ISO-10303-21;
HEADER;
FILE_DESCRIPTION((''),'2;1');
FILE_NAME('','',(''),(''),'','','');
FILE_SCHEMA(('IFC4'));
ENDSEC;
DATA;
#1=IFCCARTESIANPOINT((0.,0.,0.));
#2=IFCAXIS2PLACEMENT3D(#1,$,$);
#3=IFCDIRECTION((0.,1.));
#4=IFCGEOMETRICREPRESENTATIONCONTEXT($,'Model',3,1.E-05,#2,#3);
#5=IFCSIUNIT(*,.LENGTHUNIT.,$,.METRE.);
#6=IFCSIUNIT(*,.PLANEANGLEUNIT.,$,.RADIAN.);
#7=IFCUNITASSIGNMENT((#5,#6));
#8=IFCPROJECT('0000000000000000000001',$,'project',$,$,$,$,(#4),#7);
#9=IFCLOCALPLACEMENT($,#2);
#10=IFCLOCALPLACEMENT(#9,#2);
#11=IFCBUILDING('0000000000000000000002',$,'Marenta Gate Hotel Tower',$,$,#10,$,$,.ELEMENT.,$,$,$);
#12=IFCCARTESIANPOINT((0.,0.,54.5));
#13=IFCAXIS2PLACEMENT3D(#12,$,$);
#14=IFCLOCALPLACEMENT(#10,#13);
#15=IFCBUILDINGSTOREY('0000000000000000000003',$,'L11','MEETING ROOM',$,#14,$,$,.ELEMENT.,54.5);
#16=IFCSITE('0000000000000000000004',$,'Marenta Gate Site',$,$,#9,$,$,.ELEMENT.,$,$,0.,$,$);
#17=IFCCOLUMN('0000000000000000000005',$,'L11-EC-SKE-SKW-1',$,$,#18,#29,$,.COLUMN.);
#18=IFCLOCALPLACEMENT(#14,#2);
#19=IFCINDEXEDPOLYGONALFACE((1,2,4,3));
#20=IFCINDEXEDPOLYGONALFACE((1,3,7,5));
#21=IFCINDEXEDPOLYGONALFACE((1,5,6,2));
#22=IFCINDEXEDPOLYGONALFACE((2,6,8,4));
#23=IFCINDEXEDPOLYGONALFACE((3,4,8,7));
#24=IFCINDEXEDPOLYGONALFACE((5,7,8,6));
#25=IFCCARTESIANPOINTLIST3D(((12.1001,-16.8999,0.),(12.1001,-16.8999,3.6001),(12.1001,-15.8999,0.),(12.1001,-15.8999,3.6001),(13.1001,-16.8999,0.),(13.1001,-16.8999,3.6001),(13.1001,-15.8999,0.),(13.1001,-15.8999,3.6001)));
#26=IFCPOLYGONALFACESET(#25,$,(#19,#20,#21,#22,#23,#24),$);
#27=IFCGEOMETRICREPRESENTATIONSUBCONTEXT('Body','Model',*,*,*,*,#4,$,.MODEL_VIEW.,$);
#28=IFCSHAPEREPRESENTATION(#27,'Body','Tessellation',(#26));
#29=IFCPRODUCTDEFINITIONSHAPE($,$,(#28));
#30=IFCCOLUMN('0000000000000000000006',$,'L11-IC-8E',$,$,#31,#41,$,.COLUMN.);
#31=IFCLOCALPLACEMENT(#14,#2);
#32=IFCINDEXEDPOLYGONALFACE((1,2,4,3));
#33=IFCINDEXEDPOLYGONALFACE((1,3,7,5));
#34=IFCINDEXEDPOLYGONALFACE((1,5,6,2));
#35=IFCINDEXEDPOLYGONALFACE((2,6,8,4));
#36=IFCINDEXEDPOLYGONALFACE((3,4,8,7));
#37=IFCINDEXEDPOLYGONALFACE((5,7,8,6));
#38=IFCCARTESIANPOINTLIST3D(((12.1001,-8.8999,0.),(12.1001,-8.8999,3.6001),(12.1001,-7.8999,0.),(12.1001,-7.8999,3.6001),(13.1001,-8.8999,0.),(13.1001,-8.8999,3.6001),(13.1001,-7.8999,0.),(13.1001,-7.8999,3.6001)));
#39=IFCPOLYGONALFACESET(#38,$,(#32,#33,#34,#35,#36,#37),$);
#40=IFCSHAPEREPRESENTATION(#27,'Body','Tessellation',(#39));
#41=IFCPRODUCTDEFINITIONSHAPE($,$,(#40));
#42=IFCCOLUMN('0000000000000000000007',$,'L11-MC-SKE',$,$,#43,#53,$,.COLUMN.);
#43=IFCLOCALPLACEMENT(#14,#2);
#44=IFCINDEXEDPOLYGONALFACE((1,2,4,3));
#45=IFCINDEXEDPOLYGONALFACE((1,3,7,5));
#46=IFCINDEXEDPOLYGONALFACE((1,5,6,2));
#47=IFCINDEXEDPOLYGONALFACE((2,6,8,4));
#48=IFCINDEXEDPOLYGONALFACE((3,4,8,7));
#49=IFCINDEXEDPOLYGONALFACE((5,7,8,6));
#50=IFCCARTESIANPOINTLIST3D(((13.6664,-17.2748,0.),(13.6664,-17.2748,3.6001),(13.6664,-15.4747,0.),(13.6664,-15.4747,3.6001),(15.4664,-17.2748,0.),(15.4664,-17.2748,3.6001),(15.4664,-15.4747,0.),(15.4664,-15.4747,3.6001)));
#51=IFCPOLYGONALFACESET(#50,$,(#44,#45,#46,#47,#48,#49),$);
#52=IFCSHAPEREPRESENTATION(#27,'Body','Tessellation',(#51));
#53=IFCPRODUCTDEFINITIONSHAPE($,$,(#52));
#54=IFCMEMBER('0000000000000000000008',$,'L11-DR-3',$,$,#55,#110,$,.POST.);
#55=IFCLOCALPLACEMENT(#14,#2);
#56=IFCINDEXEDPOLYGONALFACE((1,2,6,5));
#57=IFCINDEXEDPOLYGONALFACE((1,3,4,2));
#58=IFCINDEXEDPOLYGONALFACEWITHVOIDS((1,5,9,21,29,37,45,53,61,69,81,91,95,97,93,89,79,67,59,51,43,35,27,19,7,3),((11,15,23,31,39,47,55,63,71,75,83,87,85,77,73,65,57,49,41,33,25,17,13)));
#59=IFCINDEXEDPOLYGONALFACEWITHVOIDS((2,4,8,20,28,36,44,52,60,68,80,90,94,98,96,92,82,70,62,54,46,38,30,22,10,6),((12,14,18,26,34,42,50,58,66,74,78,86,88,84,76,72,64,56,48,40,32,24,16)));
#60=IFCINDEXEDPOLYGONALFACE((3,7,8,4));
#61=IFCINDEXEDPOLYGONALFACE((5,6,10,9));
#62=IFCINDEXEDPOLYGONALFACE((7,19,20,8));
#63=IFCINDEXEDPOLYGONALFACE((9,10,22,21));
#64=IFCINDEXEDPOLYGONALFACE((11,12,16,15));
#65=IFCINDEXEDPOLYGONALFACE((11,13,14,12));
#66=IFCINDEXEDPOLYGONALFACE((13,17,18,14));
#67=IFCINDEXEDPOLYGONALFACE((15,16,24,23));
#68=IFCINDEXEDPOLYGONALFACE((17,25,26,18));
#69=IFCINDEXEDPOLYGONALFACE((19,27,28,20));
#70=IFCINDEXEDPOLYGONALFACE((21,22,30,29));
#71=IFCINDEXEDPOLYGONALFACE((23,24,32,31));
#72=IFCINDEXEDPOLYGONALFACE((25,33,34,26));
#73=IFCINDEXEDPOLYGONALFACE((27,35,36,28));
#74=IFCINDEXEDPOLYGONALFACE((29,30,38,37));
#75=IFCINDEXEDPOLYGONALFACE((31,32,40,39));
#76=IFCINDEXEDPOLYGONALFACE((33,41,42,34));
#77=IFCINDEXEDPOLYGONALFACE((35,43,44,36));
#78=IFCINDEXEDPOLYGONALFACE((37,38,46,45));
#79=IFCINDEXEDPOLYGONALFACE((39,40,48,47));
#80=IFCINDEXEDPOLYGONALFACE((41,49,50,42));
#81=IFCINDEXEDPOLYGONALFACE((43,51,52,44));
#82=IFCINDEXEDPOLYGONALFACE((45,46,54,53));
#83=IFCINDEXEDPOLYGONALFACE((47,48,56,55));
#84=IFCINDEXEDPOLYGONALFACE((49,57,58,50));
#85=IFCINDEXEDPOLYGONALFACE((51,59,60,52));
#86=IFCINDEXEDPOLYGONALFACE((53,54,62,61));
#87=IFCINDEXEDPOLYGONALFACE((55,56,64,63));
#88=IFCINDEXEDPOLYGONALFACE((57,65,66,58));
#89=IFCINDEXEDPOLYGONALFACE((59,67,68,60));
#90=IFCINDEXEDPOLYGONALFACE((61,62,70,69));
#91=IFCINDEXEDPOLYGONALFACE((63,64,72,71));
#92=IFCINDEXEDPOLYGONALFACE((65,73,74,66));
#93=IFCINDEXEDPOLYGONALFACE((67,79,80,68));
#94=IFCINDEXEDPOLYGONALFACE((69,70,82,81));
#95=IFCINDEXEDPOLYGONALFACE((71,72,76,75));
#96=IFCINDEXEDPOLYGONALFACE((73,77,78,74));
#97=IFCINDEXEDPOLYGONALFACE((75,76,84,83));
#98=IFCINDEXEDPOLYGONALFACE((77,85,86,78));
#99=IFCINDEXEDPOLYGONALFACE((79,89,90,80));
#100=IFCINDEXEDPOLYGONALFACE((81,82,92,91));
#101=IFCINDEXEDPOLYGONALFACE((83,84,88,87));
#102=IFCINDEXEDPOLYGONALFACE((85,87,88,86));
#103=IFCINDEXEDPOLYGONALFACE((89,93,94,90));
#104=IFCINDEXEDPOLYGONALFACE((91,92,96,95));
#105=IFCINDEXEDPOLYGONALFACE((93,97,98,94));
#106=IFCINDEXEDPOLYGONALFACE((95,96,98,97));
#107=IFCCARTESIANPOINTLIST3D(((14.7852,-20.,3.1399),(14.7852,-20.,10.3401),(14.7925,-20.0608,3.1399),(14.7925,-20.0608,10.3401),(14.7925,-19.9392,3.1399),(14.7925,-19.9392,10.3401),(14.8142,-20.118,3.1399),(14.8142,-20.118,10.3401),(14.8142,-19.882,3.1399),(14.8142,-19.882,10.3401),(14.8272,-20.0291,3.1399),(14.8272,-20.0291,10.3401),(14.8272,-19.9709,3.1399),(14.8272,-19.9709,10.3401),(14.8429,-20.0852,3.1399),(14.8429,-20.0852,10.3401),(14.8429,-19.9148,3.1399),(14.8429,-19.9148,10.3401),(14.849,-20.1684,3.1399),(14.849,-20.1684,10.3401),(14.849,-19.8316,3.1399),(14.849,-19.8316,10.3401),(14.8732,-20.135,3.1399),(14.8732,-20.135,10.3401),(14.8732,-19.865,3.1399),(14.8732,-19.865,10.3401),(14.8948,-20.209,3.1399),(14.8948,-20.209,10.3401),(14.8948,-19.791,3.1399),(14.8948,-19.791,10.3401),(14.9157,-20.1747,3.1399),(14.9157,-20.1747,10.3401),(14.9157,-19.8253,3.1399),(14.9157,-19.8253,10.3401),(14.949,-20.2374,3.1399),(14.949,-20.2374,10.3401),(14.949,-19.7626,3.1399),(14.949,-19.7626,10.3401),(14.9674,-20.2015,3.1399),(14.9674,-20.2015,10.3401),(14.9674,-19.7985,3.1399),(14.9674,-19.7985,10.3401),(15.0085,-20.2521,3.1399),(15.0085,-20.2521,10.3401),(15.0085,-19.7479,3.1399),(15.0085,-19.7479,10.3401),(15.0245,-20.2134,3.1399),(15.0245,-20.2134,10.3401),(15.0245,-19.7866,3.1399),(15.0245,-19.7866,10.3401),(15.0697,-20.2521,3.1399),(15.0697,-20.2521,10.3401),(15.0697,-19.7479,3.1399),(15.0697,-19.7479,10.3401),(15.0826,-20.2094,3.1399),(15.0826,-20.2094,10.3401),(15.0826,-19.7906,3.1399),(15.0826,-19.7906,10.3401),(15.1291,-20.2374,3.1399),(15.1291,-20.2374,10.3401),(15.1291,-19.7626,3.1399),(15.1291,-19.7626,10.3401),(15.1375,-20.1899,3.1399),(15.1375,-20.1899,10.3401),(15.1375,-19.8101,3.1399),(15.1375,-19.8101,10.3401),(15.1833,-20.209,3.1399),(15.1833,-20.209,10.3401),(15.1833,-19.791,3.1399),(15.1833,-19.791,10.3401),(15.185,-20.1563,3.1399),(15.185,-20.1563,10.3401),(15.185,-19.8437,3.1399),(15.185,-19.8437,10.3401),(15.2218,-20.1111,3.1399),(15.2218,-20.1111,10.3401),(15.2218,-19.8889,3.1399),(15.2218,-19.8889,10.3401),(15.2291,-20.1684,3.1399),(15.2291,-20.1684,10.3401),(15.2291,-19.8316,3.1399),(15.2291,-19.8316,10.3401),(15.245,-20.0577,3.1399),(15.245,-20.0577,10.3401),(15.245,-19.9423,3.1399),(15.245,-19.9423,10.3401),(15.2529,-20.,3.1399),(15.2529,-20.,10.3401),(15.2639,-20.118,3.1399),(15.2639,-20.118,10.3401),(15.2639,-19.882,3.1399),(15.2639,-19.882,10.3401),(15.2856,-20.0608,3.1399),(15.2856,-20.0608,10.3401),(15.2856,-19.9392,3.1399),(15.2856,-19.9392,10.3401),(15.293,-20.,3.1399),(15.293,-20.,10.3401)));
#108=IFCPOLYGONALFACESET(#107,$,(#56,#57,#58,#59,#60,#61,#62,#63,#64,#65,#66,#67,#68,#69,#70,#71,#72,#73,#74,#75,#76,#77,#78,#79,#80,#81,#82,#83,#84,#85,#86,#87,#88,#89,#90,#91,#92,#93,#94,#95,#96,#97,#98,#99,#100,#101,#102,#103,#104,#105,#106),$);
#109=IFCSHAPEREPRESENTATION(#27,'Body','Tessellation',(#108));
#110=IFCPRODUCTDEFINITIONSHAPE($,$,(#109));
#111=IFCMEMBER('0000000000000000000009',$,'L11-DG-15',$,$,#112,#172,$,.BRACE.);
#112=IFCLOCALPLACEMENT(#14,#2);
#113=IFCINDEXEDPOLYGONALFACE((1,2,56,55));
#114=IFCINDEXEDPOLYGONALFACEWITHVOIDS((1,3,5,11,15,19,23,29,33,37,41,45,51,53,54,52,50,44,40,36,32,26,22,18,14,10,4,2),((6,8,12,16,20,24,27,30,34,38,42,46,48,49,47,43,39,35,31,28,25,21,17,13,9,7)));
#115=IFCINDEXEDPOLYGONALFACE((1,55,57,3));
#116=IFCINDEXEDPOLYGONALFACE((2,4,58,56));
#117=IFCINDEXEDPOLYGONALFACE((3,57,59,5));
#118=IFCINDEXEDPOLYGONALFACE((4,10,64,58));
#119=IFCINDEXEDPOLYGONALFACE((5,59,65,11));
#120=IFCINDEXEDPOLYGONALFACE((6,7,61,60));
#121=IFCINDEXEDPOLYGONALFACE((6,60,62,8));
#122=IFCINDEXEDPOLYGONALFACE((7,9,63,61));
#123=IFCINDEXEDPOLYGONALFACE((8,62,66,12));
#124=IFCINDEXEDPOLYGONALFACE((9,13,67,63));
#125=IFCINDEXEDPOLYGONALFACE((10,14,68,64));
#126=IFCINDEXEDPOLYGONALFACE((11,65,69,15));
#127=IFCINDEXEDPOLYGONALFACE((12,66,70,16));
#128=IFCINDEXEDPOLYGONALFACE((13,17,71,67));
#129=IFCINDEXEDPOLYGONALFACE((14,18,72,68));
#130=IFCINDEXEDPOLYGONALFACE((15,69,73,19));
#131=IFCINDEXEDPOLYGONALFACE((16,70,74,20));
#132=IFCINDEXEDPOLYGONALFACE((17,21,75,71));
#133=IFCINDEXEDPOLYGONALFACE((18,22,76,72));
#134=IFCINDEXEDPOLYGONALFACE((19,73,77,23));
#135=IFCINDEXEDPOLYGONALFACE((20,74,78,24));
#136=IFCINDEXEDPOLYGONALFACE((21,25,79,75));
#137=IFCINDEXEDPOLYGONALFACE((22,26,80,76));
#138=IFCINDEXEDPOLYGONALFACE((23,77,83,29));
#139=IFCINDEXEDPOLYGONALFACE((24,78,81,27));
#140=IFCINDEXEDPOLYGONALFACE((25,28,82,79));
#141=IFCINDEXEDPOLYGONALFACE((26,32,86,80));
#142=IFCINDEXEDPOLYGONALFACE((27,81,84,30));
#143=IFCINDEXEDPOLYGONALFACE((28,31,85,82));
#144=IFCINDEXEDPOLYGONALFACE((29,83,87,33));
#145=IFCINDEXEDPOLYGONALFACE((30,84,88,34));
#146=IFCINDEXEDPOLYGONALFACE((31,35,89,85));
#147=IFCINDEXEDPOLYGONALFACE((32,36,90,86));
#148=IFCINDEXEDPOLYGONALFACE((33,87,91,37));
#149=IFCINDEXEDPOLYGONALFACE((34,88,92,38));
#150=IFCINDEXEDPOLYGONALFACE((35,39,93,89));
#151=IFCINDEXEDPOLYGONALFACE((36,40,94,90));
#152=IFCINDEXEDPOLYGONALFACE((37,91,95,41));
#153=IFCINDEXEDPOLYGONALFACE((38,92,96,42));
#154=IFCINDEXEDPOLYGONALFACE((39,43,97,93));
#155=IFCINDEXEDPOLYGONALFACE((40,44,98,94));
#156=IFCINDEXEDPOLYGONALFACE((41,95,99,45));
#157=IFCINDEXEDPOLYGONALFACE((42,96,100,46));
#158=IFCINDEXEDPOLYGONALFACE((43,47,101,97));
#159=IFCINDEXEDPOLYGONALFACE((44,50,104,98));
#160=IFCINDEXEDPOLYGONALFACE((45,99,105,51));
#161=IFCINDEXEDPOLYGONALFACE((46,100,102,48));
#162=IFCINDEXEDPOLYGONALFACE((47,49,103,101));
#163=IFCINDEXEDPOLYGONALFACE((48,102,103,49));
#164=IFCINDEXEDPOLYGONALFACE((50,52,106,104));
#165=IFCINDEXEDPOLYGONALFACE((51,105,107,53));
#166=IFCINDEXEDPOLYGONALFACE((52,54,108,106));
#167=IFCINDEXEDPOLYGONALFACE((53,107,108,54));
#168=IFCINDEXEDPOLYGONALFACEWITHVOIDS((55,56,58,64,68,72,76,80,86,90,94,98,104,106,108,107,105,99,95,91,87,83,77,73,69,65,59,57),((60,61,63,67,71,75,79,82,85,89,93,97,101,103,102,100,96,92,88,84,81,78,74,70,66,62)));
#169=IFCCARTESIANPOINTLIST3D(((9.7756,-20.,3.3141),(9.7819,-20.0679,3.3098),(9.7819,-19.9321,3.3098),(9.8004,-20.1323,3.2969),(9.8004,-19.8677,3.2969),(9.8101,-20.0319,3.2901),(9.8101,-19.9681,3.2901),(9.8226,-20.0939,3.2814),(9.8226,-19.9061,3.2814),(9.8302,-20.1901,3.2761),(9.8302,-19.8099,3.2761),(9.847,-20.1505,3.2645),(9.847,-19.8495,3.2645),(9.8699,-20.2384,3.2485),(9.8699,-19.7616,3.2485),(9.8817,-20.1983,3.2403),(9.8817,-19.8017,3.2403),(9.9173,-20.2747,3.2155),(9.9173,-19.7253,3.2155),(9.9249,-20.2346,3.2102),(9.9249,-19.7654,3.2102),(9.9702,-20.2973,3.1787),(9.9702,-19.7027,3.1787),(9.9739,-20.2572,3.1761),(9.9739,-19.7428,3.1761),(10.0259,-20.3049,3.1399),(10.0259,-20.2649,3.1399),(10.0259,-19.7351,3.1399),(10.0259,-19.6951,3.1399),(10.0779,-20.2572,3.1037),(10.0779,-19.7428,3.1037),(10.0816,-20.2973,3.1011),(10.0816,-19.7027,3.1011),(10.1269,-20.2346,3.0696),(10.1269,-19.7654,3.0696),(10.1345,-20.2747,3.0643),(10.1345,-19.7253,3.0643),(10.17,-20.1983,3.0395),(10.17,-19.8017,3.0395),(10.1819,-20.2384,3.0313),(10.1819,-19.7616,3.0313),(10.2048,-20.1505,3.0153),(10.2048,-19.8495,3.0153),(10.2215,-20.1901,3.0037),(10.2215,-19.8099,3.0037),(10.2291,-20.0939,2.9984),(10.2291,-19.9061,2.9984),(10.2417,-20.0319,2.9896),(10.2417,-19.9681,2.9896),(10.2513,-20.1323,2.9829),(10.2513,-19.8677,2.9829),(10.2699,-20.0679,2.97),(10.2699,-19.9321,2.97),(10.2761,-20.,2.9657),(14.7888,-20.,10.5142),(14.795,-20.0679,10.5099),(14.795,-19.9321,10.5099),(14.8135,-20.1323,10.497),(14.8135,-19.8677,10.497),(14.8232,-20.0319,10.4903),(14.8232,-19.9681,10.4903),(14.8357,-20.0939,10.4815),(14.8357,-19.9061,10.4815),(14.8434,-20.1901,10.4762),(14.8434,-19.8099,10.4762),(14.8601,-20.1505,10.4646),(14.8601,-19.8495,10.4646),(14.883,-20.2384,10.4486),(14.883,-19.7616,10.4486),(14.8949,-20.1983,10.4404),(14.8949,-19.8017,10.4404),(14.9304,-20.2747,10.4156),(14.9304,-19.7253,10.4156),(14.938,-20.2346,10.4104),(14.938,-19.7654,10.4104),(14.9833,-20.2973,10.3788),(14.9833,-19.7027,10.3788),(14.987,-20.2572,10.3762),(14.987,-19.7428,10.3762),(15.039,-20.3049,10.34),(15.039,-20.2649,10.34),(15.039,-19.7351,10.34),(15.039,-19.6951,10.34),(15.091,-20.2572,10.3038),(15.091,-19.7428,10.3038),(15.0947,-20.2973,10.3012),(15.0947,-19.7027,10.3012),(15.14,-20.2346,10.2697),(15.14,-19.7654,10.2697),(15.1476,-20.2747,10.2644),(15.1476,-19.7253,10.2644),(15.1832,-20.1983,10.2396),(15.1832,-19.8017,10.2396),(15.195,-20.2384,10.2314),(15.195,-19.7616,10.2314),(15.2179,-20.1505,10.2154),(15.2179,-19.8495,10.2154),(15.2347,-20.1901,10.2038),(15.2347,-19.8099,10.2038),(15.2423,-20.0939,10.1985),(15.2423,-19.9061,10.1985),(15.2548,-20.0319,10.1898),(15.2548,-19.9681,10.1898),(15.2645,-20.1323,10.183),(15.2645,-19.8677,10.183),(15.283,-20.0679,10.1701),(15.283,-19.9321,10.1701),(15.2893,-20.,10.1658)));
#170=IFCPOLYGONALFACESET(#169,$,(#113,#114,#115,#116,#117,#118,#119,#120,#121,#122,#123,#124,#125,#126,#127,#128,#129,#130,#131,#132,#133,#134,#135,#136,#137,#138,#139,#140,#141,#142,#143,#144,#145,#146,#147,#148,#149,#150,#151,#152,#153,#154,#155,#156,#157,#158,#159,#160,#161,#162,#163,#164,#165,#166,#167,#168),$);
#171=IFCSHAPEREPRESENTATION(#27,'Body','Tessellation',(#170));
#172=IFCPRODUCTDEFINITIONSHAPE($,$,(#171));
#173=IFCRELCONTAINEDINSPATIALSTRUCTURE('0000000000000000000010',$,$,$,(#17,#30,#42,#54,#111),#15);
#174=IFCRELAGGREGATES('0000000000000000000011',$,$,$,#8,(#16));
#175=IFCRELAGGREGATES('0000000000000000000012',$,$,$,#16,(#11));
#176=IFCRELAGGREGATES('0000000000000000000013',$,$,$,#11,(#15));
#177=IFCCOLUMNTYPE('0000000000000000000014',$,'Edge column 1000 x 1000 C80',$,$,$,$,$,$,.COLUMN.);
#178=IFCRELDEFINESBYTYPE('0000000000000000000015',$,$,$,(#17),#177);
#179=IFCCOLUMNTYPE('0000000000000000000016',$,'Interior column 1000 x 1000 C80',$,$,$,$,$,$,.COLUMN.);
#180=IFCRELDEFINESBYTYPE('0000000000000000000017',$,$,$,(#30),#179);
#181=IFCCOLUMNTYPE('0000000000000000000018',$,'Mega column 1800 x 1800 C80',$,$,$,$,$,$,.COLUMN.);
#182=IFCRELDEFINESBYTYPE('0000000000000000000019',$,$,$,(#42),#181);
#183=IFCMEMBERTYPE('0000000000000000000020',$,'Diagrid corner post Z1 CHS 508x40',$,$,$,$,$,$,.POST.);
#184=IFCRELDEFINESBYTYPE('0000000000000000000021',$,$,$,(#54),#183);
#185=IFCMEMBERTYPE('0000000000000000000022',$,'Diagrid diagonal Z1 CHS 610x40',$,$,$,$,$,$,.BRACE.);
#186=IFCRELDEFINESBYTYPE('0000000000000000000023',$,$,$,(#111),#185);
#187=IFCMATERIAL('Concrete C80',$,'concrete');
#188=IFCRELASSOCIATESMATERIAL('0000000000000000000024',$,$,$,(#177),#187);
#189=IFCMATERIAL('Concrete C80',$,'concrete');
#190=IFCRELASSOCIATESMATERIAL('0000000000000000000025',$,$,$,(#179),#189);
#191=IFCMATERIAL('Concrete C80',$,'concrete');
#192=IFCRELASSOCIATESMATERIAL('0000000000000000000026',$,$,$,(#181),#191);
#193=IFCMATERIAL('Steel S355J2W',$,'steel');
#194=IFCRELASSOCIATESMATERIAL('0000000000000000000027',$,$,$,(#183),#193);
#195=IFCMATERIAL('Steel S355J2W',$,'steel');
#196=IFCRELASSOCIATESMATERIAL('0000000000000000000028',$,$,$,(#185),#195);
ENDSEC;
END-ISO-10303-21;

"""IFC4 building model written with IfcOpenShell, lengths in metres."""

from ifc_helpers import new_model, si_unit, direction, frame, origin, origin_2d, place, context, subcontext, project, spatial, rectangle, hollow_circle, extrude, material, material_profile, profile_set, type_object, element, save


model = new_model("IFC4")

# Units and contexts
model_context = context("Model", 3, precision=1e-05, world=origin(), true_north=direction((0.0, 1.0)))
body_context = subcontext(model_context, "Body", "Model", "MODEL_VIEW")
ifc_project = project(units=[si_unit("LENGTHUNIT", "METRE"), si_unit("PLANEANGLEUNIT", "RADIAN")], contexts=[model_context])

# Site, building, storey
site_placement = place(None, origin())
site = spatial("IfcSite", under=ifc_project, at=site_placement, Name="Marenta Gate Site", CompositionType="ELEMENT", RefElevation=0.0)
building_placement = place(site_placement, origin())
building = spatial("IfcBuilding", under=site, at=building_placement, Name="Marenta Gate Hotel Tower", CompositionType="ELEMENT")
storey_placement = place(building_placement, frame((0.0, 0.0, 54.5)))
storey = spatial("IfcBuildingStorey", under=building, at=storey_placement, Name="L11", Description="MEETING ROOM", CompositionType="ELEMENT", Elevation=54.5)

# Columns
ifc_material_1 = material(Name="Concrete C80", Category="concrete")
ifc_material_profile_1 = material_profile(ifc_material_1, rectangle(XDim=1.0, YDim=1.0, at=origin_2d()), Name="1000 x 1000")
ifc_profile_set_1 = profile_set([ifc_material_profile_1], Name="Concrete C80")
column_type_1 = type_object("IfcColumnType", Name="Edge column 1000 x 1000 C80", PredefinedType="COLUMN", material=ifc_profile_set_1)
column_1_placement = place(storey_placement, frame((12.6001, -16.3999, 0.0), z_axis=(0.0, 0.0, 1.0), x_axis=(1.0, 0.0, 0.0)))
element("IfcColumn", 1, at=column_1_placement, inside=storey, type_object=column_type_1, Name="L11-EC-SKE-SKW-1", PredefinedType="COLUMN", context=body_context, shape_type="SweptSolid", body=[
    extrude(rectangle(XDim=1.0, YDim=1.0, at=origin_2d()), origin(), (0.0, 0.0, 1.0), 3.6001),
])
ifc_material_2 = material(Name="Concrete C80", Category="concrete")
ifc_material_profile_2 = material_profile(ifc_material_2, rectangle(XDim=1.0, YDim=1.0, at=origin_2d()), Name="1000 x 1000")
ifc_profile_set_2 = profile_set([ifc_material_profile_2], Name="Concrete C80")
column_type_2 = type_object("IfcColumnType", Name="Interior column 1000 x 1000 C80", PredefinedType="COLUMN", material=ifc_profile_set_2)
column_2_placement = place(storey_placement, frame((12.6001, -8.3999, 0.0), z_axis=(0.0, 0.0, 1.0), x_axis=(1.0, 0.0, 0.0)))
element("IfcColumn", 2, at=column_2_placement, inside=storey, type_object=column_type_2, Name="L11-IC-8E", PredefinedType="COLUMN", context=body_context, shape_type="SweptSolid", body=[
    extrude(rectangle(XDim=1.0, YDim=1.0, at=origin_2d()), origin(), (0.0, 0.0, 1.0), 3.6001),
])
ifc_material_3 = material(Name="Concrete C80", Category="concrete")
ifc_material_profile_3 = material_profile(ifc_material_3, rectangle(XDim=1.8, YDim=1.8, at=origin_2d()), Name="1800 x 1800")
ifc_profile_set_3 = profile_set([ifc_material_profile_3], Name="Concrete C80")
column_type_3 = type_object("IfcColumnType", Name="Mega column 1800 x 1800 C80", PredefinedType="COLUMN", material=ifc_profile_set_3)
column_3_placement = place(storey_placement, frame((14.5664, -16.3748, 0.0), z_axis=(0.0, 0.0, 1.0), x_axis=(1.0, 0.0, 0.0)))
element("IfcColumn", 3, at=column_3_placement, inside=storey, type_object=column_type_3, Name="L11-MC-SKE", PredefinedType="COLUMN", context=body_context, shape_type="SweptSolid", body=[
    extrude(rectangle(XDim=1.8, YDim=1.8, at=origin_2d()), origin(), (0.0, 0.0, 1.0), 3.6001),
])

# Members
ifc_material_4 = material(Name="Steel S355J2W", Category="steel")
ifc_material_profile_4 = material_profile(ifc_material_4, hollow_circle(Radius=0.2539, WallThickness=0.04, at=origin_2d()), Name="CHS 508x40")
ifc_profile_set_4 = profile_set([ifc_material_profile_4], Name="Steel S355J2W")
member_type_1 = type_object("IfcMemberType", Name="Diagrid corner post Z1 CHS 508x40", PredefinedType="POST", material=ifc_profile_set_4)
member_1_placement = place(storey_placement, frame((15.0391, -20.0, 3.1399), z_axis=(0.0, 0.0, 1.0), x_axis=(1.0, 0.0, 0.0)))
element("IfcMember", 4, at=member_1_placement, inside=storey, type_object=member_type_1, Name="L11-DR-3", PredefinedType="POST", context=body_context, shape_type="SweptSolid", body=[
    extrude(hollow_circle(Radius=0.2539, WallThickness=0.04, at=origin_2d()), origin(), (0.0, 0.0, 1.0), 7.2002),
])
ifc_material_5 = material(Name="Steel S355J2W", Category="steel")
ifc_material_profile_5 = material_profile(ifc_material_5, hollow_circle(Radius=0.3049, WallThickness=0.04, at=origin_2d()), Name="CHS 610x40")
ifc_profile_set_5 = profile_set([ifc_material_profile_5], Name="Steel S355J2W")
member_type_2 = type_object("IfcMemberType", Name="Diagrid diagonal Z1 CHS 610x40", PredefinedType="BRACE", material=ifc_profile_set_5)
for number, where, z_axis, x_axis, name in (
    (5, (10.0259, -20.0, 3.1399), (0.571399, 0.0, 0.820673), (0.0, 1.0, 0.0), "L11-DG-15"),
):
    element("IfcMember", number, at=place(storey_placement, frame(where, z_axis=z_axis, x_axis=x_axis)), inside=storey, type_object=member_type_2, Name=name, PredefinedType="BRACE", context=body_context, shape_type="SweptSolid", body=[
        extrude(hollow_circle(Radius=0.3049, WallThickness=0.04, at=origin_2d()), origin(), (0.0, 0.0, 1.0), 8.7734),
    ])

save(model, "model.ifc")
